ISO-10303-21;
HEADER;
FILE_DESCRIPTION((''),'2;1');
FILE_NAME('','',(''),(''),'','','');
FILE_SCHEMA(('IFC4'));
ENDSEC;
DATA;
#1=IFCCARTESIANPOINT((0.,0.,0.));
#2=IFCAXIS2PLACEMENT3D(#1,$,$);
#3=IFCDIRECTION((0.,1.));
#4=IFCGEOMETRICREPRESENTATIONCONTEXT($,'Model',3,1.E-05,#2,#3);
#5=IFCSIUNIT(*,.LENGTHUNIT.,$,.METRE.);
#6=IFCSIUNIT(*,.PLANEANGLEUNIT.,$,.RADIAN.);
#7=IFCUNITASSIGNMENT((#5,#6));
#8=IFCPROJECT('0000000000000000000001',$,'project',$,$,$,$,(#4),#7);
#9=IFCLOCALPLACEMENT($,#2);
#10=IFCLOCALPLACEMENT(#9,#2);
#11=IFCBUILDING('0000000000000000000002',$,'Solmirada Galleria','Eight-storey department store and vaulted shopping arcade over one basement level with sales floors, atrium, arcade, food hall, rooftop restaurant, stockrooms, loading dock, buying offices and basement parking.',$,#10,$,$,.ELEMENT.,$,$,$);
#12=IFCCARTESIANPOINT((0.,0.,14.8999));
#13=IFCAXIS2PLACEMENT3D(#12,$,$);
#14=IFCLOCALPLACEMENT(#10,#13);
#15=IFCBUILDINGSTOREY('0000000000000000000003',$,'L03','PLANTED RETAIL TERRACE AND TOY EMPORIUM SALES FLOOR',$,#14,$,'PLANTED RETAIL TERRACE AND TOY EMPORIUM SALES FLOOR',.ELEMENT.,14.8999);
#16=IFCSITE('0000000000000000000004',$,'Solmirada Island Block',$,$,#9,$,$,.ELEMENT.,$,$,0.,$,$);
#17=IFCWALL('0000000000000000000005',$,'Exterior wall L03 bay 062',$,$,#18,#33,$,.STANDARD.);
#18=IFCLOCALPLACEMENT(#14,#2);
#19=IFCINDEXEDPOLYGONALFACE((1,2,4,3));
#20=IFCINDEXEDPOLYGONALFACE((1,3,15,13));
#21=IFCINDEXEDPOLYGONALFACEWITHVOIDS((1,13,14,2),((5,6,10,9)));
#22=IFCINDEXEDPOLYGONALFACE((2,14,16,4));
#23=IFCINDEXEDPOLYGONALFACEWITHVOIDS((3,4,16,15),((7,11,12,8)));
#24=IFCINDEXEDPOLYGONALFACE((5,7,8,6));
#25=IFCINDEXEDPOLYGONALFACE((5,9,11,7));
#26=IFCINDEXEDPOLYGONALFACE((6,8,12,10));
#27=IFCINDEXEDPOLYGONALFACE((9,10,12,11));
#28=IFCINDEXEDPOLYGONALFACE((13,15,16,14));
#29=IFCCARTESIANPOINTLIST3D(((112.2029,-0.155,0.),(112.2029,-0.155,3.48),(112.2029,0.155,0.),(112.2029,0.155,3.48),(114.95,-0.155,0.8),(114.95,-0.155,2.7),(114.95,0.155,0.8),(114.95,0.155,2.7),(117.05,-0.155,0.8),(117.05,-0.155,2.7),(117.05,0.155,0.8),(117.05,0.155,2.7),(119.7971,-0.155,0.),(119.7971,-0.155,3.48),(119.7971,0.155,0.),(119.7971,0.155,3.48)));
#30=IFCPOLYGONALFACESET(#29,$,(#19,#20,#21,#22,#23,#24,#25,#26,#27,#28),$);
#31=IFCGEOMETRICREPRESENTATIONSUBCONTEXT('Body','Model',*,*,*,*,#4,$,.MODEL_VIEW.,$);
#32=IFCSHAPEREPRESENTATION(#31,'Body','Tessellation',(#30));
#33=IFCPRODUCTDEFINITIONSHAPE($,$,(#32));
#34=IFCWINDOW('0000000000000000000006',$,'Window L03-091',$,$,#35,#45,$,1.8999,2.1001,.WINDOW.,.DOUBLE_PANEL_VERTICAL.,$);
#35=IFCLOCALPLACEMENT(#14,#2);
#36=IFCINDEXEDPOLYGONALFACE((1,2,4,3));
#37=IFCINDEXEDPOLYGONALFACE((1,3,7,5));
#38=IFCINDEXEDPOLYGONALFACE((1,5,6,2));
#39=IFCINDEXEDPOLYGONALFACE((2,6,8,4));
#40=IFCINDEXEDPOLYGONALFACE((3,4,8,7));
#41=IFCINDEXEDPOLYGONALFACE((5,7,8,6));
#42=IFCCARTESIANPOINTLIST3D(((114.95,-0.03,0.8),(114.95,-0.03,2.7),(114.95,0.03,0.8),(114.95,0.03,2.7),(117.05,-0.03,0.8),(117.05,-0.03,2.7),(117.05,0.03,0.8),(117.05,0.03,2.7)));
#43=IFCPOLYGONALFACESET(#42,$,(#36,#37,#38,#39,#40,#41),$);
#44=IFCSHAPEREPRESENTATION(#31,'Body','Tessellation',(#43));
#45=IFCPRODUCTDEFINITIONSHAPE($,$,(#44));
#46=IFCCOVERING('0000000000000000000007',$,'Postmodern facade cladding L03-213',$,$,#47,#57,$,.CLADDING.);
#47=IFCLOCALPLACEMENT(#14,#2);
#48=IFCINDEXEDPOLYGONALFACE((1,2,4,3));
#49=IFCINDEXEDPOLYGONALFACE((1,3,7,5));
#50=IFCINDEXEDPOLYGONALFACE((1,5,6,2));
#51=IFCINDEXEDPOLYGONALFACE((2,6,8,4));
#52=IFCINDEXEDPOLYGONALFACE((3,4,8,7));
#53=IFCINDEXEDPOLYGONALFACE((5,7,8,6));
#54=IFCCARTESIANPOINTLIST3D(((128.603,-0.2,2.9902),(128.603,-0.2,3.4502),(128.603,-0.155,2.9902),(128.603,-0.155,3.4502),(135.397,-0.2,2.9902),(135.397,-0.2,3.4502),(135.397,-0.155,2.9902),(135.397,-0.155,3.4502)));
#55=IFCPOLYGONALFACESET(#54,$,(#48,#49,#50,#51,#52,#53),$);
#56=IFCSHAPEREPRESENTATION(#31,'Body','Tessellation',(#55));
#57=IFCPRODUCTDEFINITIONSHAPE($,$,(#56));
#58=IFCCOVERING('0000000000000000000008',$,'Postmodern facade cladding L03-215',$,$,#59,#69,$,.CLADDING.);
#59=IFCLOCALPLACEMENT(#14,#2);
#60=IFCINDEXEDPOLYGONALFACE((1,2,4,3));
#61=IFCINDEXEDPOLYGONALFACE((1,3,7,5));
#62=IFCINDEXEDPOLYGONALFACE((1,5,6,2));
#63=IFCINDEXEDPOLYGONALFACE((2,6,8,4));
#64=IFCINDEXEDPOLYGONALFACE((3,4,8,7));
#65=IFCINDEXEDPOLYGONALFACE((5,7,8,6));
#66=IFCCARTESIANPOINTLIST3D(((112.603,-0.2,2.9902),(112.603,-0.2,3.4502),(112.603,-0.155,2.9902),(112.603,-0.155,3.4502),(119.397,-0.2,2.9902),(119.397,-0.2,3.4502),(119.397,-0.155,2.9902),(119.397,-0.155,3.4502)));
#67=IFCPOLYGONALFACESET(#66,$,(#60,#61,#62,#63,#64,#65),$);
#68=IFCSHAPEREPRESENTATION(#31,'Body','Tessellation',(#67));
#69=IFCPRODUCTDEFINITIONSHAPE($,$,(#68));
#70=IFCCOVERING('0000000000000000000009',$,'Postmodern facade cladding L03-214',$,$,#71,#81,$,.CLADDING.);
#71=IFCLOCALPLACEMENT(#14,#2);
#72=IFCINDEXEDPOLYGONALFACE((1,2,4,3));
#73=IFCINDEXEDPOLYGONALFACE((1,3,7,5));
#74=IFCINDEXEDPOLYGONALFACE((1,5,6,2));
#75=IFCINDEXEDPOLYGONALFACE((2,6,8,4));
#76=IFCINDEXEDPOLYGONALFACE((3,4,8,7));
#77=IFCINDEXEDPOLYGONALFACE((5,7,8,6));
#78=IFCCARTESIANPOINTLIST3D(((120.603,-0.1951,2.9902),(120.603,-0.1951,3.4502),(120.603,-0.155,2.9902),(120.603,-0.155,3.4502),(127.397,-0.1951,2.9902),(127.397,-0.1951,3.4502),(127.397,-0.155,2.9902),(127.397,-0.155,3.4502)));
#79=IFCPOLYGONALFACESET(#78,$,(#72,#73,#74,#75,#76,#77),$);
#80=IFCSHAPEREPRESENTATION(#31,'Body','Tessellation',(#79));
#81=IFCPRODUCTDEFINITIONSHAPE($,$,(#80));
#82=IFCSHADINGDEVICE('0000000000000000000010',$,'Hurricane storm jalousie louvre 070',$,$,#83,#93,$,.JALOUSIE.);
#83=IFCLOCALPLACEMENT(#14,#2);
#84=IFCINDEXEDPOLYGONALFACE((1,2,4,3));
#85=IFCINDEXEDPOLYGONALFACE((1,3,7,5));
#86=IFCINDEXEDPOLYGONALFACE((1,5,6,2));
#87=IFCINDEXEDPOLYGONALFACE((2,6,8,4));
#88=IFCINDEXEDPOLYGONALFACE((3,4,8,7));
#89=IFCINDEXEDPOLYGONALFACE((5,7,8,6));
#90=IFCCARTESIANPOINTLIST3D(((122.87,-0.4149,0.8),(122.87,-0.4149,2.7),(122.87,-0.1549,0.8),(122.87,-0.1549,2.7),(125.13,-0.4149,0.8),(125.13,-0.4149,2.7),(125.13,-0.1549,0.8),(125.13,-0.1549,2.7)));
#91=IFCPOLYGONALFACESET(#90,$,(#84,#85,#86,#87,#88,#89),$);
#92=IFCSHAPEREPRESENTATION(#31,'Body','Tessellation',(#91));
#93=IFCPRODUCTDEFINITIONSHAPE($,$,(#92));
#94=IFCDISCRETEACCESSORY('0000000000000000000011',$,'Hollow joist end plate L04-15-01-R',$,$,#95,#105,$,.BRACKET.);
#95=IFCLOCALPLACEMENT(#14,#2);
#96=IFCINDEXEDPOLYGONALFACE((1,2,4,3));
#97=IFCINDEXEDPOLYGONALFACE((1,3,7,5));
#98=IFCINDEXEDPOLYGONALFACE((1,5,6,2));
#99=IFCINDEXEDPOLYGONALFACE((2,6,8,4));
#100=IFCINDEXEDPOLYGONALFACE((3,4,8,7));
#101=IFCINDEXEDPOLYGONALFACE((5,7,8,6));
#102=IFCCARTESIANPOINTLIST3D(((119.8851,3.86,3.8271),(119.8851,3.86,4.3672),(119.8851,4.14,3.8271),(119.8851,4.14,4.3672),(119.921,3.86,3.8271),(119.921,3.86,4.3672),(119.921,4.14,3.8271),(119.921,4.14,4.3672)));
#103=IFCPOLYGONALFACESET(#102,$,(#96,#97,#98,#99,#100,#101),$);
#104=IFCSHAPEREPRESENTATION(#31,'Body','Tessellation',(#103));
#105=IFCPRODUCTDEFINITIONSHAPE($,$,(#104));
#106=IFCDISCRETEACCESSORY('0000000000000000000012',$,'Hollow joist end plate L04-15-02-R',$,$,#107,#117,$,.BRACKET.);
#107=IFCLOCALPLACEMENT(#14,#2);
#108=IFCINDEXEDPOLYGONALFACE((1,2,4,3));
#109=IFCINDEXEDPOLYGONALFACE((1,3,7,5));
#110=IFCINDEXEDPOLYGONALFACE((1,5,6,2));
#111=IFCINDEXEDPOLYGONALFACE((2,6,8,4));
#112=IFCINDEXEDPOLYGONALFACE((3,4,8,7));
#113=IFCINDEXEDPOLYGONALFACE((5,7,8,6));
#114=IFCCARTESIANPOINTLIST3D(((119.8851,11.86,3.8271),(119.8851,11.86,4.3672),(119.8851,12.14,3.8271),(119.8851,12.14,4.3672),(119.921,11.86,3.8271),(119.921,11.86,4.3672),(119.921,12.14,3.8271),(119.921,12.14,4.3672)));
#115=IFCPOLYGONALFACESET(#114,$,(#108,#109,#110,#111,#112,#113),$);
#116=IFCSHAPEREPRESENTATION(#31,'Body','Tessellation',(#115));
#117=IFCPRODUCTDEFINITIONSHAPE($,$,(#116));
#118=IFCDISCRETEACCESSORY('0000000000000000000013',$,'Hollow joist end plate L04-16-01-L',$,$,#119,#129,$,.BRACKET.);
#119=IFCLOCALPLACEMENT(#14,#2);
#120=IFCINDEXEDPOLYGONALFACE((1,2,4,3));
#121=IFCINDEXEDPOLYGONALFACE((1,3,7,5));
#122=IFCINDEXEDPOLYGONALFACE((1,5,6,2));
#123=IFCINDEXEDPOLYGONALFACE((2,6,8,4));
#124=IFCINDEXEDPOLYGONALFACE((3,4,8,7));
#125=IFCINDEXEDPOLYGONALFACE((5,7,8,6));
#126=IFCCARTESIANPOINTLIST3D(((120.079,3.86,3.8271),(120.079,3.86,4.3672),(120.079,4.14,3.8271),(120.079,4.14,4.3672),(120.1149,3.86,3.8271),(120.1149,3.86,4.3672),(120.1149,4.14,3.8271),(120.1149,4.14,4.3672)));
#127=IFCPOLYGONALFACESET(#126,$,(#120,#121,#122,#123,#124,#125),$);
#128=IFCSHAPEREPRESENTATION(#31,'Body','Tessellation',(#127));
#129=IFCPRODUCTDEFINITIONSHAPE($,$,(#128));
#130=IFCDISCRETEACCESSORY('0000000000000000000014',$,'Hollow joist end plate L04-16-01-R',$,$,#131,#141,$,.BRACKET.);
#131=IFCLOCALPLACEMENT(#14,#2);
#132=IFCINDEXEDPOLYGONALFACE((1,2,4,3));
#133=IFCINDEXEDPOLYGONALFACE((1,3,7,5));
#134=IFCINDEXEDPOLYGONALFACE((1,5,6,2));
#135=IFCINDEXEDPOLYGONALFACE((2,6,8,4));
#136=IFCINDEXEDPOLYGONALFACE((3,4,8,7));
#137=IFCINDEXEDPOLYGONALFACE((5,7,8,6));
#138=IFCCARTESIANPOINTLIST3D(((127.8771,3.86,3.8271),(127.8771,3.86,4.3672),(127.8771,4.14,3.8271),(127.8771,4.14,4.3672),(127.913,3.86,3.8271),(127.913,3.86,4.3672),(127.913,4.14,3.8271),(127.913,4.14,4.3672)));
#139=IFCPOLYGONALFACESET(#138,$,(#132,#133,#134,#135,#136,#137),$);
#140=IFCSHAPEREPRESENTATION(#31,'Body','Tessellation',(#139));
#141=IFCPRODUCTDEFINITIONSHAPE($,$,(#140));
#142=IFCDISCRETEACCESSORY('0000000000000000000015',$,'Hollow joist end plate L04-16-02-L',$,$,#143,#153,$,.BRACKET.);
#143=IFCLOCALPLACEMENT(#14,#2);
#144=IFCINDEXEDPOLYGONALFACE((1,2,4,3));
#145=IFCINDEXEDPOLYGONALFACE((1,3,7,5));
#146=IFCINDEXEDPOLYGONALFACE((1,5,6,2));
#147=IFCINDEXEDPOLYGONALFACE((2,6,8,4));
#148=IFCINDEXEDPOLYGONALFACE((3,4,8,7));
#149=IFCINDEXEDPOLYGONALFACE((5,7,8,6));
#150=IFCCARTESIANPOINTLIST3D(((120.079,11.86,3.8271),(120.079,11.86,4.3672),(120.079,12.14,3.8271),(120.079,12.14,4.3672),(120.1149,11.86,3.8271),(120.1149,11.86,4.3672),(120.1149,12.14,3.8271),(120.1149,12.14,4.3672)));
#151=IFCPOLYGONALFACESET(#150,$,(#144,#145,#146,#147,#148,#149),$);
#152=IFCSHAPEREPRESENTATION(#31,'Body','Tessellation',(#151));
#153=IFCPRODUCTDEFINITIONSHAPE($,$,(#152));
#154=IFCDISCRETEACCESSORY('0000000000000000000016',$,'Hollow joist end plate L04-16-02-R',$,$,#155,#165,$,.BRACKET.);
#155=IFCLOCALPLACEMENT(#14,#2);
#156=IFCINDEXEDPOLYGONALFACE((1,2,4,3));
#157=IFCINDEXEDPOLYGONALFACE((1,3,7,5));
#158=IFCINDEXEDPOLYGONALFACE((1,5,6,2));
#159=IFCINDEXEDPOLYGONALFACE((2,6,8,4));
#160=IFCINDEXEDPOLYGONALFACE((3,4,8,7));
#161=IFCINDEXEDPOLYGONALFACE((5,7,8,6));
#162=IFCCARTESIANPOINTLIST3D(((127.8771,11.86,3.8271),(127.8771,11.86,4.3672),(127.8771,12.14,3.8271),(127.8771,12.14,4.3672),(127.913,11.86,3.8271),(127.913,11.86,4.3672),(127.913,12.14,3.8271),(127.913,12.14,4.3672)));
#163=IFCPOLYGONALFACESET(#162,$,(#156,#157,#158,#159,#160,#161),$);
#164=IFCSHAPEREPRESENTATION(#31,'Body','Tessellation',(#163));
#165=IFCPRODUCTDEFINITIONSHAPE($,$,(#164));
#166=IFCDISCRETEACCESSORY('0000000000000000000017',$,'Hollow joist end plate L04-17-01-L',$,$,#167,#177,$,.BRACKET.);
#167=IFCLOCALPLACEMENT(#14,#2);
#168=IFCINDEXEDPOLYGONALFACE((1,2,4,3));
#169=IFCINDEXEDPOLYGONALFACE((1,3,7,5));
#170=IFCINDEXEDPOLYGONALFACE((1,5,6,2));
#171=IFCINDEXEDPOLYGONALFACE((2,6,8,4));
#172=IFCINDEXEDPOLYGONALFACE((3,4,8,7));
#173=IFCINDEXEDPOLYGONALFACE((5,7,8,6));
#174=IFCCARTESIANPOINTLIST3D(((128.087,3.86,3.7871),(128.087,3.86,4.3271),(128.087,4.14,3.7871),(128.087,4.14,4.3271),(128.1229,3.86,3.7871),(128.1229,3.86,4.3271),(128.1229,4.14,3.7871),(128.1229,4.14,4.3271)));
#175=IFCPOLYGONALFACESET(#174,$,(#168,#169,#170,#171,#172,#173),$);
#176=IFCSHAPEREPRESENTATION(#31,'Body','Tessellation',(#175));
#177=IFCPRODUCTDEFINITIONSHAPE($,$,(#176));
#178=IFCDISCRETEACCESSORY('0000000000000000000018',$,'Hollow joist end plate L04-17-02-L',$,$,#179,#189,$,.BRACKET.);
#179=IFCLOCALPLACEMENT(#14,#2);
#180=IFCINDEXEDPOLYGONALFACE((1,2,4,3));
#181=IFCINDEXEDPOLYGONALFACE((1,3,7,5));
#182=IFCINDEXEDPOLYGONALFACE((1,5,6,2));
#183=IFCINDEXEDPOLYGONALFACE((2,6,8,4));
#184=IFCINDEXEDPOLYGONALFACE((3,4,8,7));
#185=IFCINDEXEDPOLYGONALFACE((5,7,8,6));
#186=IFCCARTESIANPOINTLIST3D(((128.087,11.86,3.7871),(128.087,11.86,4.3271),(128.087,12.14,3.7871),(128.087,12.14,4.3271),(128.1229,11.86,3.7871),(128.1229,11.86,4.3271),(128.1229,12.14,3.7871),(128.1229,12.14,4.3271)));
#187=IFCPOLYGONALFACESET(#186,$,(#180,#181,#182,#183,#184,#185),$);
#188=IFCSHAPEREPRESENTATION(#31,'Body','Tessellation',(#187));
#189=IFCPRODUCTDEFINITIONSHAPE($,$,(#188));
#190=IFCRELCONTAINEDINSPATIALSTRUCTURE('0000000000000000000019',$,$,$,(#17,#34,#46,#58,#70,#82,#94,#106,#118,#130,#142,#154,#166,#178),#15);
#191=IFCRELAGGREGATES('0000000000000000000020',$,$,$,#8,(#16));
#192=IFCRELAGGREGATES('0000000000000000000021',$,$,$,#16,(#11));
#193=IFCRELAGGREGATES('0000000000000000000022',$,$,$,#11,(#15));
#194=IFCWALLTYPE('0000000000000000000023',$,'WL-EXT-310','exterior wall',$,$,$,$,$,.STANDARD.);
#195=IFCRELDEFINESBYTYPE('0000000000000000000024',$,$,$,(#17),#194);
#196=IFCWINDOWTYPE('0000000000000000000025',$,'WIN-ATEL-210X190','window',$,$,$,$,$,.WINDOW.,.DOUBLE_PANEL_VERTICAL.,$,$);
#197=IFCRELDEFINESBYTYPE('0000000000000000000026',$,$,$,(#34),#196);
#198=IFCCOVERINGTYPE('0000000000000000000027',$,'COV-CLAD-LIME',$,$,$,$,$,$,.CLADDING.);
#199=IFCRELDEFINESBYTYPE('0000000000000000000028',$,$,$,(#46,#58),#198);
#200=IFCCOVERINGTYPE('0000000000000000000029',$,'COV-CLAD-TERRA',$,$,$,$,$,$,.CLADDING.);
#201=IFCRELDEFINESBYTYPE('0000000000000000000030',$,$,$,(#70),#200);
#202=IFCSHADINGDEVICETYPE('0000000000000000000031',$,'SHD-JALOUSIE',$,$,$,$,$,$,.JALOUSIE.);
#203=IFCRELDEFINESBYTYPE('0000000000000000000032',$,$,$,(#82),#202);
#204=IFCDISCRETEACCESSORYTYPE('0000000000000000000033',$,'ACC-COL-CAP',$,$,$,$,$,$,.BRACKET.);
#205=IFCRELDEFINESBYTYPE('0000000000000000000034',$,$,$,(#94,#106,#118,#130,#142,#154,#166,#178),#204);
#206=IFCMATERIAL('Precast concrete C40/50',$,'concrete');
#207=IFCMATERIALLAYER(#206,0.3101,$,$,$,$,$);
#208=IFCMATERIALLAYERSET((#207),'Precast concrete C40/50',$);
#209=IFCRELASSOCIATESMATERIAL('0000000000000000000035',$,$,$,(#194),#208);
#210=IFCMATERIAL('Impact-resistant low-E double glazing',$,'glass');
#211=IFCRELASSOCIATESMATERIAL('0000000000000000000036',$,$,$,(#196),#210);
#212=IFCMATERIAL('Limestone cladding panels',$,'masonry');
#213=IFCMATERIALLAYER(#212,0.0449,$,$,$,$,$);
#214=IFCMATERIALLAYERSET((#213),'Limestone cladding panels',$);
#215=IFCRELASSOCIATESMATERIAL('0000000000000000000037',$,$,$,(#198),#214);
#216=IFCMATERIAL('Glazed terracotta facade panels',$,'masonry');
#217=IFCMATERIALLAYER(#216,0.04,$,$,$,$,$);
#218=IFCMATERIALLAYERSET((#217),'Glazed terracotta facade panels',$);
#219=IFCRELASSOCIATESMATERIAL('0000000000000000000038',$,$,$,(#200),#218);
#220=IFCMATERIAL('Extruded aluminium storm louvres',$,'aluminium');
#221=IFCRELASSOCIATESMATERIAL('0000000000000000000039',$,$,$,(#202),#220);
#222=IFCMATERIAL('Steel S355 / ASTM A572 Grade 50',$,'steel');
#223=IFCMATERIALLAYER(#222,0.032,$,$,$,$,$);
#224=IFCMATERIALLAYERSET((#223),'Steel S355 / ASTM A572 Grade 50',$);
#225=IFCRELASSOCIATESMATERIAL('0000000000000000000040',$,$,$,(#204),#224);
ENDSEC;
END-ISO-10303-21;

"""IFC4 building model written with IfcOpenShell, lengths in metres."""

from ifc_helpers import new_model, si_unit, direction, frame, frame_2d, origin, origin_2d, place, context, subcontext, project, spatial, rectangle, extrude, material, layer, layer_set, type_object, element, fill, save


model = new_model("IFC4")

# Units and contexts
model_context = context("Model", 3, precision=1e-05, world=origin(), true_north=direction((0.0, 1.0)))
body_context = subcontext(model_context, "Body", "Model", "MODEL_VIEW")
ifc_project = project(units=[si_unit("LENGTHUNIT", "METRE"), si_unit("PLANEANGLEUNIT", "RADIAN")], contexts=[model_context])

# Site, building, storey
site_placement = place(None, origin())
site = spatial("IfcSite", under=ifc_project, at=site_placement, Name="Solmirada Island Block", CompositionType="ELEMENT", RefElevation=0.0)
building_placement = place(site_placement, origin())
building = spatial("IfcBuilding", under=site, at=building_placement, Name="Solmirada Galleria", Description="Eight-storey department store and vaulted shopping arcade over one basement level with sales floors, atrium, arcade, food hall, rooftop restaurant, stockrooms, loading dock, buying offices and basement parking.", CompositionType="ELEMENT")
storey_placement = place(building_placement, frame((0.0, 0.0, 14.8999)))
storey = spatial("IfcBuildingStorey", under=building, at=storey_placement, Name="L03", Description="PLANTED RETAIL TERRACE AND TOY EMPORIUM SALES FLOOR", LongName="PLANTED RETAIL TERRACE AND TOY EMPORIUM SALES FLOOR", CompositionType="ELEMENT", Elevation=14.8999)

# Wall, opening, window
ifc_material_1 = material(Name="Precast concrete C40/50", Category="concrete")
ifc_layer_1 = layer(ifc_material_1, 0.3101)
ifc_layer_set_1 = layer_set([ifc_layer_1], Name="Precast concrete C40/50")
wall_type = type_object("IfcWallType", Name="WL-EXT-310", Description="exterior wall", PredefinedType="STANDARD", material=ifc_layer_set_1)
ifc_material_2 = material(Name="Impact-resistant low-E double glazing", Category="glass")
window_type = type_object("IfcWindowType", Name="WIN-ATEL-210X190", Description="window", PartitioningType="DOUBLE_PANEL_VERTICAL", PredefinedType="WINDOW", material=ifc_material_2)
wall_1_placement = place(storey_placement, frame((119.7971, 0.0, 0.0), z_axis=(0.0, 0.0, 1.0), x_axis=(-1.0, 0.0, 0.0)))
wall_1 = element("IfcWall", 1, at=wall_1_placement, inside=storey, type_object=wall_type, Name="Exterior wall L03 bay 062", PredefinedType="STANDARD", context=body_context, shape_type="SweptSolid", body=[
    extrude(rectangle(XDim=7.5942, YDim=0.3101, at=frame_2d((3.7971, 0.0))), origin(), (0.0, 0.0, 1.0), 3.48),
])
opening_1_placement = place(wall_1_placement, frame((2.7471, 0.0, 0.8)))
opening_1 = element("IfcOpeningElement", 2, at=opening_1_placement, cuts=wall_1, PredefinedType="OPENING", context=body_context, shape_type="SweptSolid", body=[
    extrude(rectangle(XDim=2.1001, YDim=1.8999, at=frame_2d((1.05, 0.95))), frame((0.0, 0.165, 0.0), z_axis=(0.0, -1.0, 0.0), x_axis=(1.0, 0.0, 0.0)), (0.0, 0.0, 1.0), 0.3301),
])
window_1_placement = place(opening_1_placement, origin())
window_1 = element("IfcWindow", 3, at=window_1_placement, inside=storey, type_object=window_type, Name="Window L03-091", OverallHeight=1.8999, OverallWidth=2.1001, PartitioningType="DOUBLE_PANEL_VERTICAL", PredefinedType="WINDOW", context=body_context, shape_type="SweptSolid", body=[
    extrude(rectangle(XDim=2.1001, YDim=1.8999, at=frame_2d((1.05, 0.95))), frame((0.0, 0.03, 0.0), z_axis=(0.0, -1.0, 0.0), x_axis=(1.0, 0.0, 0.0)), (0.0, 0.0, 1.0), 0.0601),
])
fill(opening_1, window_1)

# Coverings
ifc_material_3 = material(Name="Limestone cladding panels", Category="masonry")
ifc_layer_2 = layer(ifc_material_3, 0.0449)
ifc_layer_set_2 = layer_set([ifc_layer_2], Name="Limestone cladding panels")
covering_type_1 = type_object("IfcCoveringType", Name="COV-CLAD-LIME", PredefinedType="CLADDING", material=ifc_layer_set_2)
for number, where, z_axis, x_axis, name in (
    (4, (132.0, -0.1775, 2.9902), (0.0, 0.0, 1.0), (-1.0, 0.0, 0.0), "Postmodern facade cladding L03-213"),
    (5, (116.0, -0.1775, 2.9902), (0.0, 0.0, 1.0), (-1.0, 0.0, 0.0), "Postmodern facade cladding L03-215"),
):
    element("IfcCovering", number, at=place(storey_placement, frame(where, z_axis=z_axis, x_axis=x_axis)), inside=storey, type_object=covering_type_1, Name=name, PredefinedType="CLADDING", context=body_context, shape_type="SweptSolid", body=[
        extrude(rectangle(XDim=6.7939, YDim=0.0449, at=origin_2d()), origin(), (0.0, 0.0, 1.0), 0.46),
    ])
ifc_material_4 = material(Name="Glazed terracotta facade panels", Category="masonry")
ifc_layer_3 = layer(ifc_material_4, 0.04)
ifc_layer_set_3 = layer_set([ifc_layer_3], Name="Glazed terracotta facade panels")
covering_type_2 = type_object("IfcCoveringType", Name="COV-CLAD-TERRA", PredefinedType="CLADDING", material=ifc_layer_set_3)
covering_placement = place(storey_placement, frame((124.0, -0.175, 2.9902), z_axis=(0.0, 0.0, 1.0), x_axis=(-1.0, 0.0, 0.0)))
element("IfcCovering", 6, at=covering_placement, inside=storey, type_object=covering_type_2, Name="Postmodern facade cladding L03-214", PredefinedType="CLADDING", context=body_context, shape_type="SweptSolid", body=[
    extrude(rectangle(XDim=6.7939, YDim=0.04, at=origin_2d()), origin(), (0.0, 0.0, 1.0), 0.46),
])

# Shading device
ifc_material_5 = material(Name="Extruded aluminium storm louvres", Category="aluminium")
shading_device_type = type_object("IfcShadingDeviceType", Name="SHD-JALOUSIE", PredefinedType="JALOUSIE", material=ifc_material_5)
shading_device_placement = place(storey_placement, frame((124.0, -0.2849, 0.8), z_axis=(0.0, 0.0, 1.0), x_axis=(-1.0, 0.0, 0.0)))
element("IfcShadingDevice", 7, at=shading_device_placement, inside=storey, type_object=shading_device_type, Name="Hurricane storm jalousie louvre 070", PredefinedType="JALOUSIE", context=body_context, shape_type="SweptSolid", body=[
    extrude(rectangle(XDim=2.26, YDim=0.26, at=origin_2d()), origin(), (0.0, 0.0, 1.0), 1.8999),
])

# Discrete accessories
ifc_material_6 = material(Name="Steel S355 / ASTM A572 Grade 50", Category="steel")
ifc_layer_4 = layer(ifc_material_6, 0.032)
ifc_layer_set_4 = layer_set([ifc_layer_4], Name="Steel S355 / ASTM A572 Grade 50")
discrete_accessory_type = type_object("IfcDiscreteAccessoryType", Name="ACC-COL-CAP", PredefinedType="BRACKET", material=ifc_layer_set_4)
for number, where, z_axis, x_axis, name in (
    (8, (119.9031, 4.0, 3.8271), (0.0, 0.0, 1.0), (1.0, 0.0, 0.0), "Hollow joist end plate L04-15-01-R"),
    (9, (119.9031, 12.0, 3.8271), (0.0, 0.0, 1.0), (1.0, 0.0, 0.0), "Hollow joist end plate L04-15-02-R"),
    (10, (120.0969, 4.0, 3.8271), (0.0, 0.0, 1.0), (1.0, 0.0, 0.0), "Hollow joist end plate L04-16-01-L"),
    (11, (127.895, 4.0, 3.8271), (0.0, 0.0, 1.0), (1.0, 0.0, 0.0), "Hollow joist end plate L04-16-01-R"),
    (12, (120.0969, 12.0, 3.8271), (0.0, 0.0, 1.0), (1.0, 0.0, 0.0), "Hollow joist end plate L04-16-02-L"),
    (13, (127.895, 12.0, 3.8271), (0.0, 0.0, 1.0), (1.0, 0.0, 0.0), "Hollow joist end plate L04-16-02-R"),
    (14, (128.105, 4.0, 3.7871), (0.0, 0.0, 1.0), (1.0, 0.0, 0.0), "Hollow joist end plate L04-17-01-L"),
    (15, (128.105, 12.0, 3.7871), (0.0, 0.0, 1.0), (1.0, 0.0, 0.0), "Hollow joist end plate L04-17-02-L"),
):
    element("IfcDiscreteAccessory", number, at=place(storey_placement, frame(where, z_axis=z_axis, x_axis=x_axis)), inside=storey, type_object=discrete_accessory_type, Name=name, PredefinedType="BRACKET", context=body_context, shape_type="SweptSolid", body=[
        extrude(rectangle(XDim=0.0359, YDim=0.28, at=origin_2d()), origin(), (0.0, 0.0, 1.0), 0.54),
    ])

save(model, "model.ifc")
